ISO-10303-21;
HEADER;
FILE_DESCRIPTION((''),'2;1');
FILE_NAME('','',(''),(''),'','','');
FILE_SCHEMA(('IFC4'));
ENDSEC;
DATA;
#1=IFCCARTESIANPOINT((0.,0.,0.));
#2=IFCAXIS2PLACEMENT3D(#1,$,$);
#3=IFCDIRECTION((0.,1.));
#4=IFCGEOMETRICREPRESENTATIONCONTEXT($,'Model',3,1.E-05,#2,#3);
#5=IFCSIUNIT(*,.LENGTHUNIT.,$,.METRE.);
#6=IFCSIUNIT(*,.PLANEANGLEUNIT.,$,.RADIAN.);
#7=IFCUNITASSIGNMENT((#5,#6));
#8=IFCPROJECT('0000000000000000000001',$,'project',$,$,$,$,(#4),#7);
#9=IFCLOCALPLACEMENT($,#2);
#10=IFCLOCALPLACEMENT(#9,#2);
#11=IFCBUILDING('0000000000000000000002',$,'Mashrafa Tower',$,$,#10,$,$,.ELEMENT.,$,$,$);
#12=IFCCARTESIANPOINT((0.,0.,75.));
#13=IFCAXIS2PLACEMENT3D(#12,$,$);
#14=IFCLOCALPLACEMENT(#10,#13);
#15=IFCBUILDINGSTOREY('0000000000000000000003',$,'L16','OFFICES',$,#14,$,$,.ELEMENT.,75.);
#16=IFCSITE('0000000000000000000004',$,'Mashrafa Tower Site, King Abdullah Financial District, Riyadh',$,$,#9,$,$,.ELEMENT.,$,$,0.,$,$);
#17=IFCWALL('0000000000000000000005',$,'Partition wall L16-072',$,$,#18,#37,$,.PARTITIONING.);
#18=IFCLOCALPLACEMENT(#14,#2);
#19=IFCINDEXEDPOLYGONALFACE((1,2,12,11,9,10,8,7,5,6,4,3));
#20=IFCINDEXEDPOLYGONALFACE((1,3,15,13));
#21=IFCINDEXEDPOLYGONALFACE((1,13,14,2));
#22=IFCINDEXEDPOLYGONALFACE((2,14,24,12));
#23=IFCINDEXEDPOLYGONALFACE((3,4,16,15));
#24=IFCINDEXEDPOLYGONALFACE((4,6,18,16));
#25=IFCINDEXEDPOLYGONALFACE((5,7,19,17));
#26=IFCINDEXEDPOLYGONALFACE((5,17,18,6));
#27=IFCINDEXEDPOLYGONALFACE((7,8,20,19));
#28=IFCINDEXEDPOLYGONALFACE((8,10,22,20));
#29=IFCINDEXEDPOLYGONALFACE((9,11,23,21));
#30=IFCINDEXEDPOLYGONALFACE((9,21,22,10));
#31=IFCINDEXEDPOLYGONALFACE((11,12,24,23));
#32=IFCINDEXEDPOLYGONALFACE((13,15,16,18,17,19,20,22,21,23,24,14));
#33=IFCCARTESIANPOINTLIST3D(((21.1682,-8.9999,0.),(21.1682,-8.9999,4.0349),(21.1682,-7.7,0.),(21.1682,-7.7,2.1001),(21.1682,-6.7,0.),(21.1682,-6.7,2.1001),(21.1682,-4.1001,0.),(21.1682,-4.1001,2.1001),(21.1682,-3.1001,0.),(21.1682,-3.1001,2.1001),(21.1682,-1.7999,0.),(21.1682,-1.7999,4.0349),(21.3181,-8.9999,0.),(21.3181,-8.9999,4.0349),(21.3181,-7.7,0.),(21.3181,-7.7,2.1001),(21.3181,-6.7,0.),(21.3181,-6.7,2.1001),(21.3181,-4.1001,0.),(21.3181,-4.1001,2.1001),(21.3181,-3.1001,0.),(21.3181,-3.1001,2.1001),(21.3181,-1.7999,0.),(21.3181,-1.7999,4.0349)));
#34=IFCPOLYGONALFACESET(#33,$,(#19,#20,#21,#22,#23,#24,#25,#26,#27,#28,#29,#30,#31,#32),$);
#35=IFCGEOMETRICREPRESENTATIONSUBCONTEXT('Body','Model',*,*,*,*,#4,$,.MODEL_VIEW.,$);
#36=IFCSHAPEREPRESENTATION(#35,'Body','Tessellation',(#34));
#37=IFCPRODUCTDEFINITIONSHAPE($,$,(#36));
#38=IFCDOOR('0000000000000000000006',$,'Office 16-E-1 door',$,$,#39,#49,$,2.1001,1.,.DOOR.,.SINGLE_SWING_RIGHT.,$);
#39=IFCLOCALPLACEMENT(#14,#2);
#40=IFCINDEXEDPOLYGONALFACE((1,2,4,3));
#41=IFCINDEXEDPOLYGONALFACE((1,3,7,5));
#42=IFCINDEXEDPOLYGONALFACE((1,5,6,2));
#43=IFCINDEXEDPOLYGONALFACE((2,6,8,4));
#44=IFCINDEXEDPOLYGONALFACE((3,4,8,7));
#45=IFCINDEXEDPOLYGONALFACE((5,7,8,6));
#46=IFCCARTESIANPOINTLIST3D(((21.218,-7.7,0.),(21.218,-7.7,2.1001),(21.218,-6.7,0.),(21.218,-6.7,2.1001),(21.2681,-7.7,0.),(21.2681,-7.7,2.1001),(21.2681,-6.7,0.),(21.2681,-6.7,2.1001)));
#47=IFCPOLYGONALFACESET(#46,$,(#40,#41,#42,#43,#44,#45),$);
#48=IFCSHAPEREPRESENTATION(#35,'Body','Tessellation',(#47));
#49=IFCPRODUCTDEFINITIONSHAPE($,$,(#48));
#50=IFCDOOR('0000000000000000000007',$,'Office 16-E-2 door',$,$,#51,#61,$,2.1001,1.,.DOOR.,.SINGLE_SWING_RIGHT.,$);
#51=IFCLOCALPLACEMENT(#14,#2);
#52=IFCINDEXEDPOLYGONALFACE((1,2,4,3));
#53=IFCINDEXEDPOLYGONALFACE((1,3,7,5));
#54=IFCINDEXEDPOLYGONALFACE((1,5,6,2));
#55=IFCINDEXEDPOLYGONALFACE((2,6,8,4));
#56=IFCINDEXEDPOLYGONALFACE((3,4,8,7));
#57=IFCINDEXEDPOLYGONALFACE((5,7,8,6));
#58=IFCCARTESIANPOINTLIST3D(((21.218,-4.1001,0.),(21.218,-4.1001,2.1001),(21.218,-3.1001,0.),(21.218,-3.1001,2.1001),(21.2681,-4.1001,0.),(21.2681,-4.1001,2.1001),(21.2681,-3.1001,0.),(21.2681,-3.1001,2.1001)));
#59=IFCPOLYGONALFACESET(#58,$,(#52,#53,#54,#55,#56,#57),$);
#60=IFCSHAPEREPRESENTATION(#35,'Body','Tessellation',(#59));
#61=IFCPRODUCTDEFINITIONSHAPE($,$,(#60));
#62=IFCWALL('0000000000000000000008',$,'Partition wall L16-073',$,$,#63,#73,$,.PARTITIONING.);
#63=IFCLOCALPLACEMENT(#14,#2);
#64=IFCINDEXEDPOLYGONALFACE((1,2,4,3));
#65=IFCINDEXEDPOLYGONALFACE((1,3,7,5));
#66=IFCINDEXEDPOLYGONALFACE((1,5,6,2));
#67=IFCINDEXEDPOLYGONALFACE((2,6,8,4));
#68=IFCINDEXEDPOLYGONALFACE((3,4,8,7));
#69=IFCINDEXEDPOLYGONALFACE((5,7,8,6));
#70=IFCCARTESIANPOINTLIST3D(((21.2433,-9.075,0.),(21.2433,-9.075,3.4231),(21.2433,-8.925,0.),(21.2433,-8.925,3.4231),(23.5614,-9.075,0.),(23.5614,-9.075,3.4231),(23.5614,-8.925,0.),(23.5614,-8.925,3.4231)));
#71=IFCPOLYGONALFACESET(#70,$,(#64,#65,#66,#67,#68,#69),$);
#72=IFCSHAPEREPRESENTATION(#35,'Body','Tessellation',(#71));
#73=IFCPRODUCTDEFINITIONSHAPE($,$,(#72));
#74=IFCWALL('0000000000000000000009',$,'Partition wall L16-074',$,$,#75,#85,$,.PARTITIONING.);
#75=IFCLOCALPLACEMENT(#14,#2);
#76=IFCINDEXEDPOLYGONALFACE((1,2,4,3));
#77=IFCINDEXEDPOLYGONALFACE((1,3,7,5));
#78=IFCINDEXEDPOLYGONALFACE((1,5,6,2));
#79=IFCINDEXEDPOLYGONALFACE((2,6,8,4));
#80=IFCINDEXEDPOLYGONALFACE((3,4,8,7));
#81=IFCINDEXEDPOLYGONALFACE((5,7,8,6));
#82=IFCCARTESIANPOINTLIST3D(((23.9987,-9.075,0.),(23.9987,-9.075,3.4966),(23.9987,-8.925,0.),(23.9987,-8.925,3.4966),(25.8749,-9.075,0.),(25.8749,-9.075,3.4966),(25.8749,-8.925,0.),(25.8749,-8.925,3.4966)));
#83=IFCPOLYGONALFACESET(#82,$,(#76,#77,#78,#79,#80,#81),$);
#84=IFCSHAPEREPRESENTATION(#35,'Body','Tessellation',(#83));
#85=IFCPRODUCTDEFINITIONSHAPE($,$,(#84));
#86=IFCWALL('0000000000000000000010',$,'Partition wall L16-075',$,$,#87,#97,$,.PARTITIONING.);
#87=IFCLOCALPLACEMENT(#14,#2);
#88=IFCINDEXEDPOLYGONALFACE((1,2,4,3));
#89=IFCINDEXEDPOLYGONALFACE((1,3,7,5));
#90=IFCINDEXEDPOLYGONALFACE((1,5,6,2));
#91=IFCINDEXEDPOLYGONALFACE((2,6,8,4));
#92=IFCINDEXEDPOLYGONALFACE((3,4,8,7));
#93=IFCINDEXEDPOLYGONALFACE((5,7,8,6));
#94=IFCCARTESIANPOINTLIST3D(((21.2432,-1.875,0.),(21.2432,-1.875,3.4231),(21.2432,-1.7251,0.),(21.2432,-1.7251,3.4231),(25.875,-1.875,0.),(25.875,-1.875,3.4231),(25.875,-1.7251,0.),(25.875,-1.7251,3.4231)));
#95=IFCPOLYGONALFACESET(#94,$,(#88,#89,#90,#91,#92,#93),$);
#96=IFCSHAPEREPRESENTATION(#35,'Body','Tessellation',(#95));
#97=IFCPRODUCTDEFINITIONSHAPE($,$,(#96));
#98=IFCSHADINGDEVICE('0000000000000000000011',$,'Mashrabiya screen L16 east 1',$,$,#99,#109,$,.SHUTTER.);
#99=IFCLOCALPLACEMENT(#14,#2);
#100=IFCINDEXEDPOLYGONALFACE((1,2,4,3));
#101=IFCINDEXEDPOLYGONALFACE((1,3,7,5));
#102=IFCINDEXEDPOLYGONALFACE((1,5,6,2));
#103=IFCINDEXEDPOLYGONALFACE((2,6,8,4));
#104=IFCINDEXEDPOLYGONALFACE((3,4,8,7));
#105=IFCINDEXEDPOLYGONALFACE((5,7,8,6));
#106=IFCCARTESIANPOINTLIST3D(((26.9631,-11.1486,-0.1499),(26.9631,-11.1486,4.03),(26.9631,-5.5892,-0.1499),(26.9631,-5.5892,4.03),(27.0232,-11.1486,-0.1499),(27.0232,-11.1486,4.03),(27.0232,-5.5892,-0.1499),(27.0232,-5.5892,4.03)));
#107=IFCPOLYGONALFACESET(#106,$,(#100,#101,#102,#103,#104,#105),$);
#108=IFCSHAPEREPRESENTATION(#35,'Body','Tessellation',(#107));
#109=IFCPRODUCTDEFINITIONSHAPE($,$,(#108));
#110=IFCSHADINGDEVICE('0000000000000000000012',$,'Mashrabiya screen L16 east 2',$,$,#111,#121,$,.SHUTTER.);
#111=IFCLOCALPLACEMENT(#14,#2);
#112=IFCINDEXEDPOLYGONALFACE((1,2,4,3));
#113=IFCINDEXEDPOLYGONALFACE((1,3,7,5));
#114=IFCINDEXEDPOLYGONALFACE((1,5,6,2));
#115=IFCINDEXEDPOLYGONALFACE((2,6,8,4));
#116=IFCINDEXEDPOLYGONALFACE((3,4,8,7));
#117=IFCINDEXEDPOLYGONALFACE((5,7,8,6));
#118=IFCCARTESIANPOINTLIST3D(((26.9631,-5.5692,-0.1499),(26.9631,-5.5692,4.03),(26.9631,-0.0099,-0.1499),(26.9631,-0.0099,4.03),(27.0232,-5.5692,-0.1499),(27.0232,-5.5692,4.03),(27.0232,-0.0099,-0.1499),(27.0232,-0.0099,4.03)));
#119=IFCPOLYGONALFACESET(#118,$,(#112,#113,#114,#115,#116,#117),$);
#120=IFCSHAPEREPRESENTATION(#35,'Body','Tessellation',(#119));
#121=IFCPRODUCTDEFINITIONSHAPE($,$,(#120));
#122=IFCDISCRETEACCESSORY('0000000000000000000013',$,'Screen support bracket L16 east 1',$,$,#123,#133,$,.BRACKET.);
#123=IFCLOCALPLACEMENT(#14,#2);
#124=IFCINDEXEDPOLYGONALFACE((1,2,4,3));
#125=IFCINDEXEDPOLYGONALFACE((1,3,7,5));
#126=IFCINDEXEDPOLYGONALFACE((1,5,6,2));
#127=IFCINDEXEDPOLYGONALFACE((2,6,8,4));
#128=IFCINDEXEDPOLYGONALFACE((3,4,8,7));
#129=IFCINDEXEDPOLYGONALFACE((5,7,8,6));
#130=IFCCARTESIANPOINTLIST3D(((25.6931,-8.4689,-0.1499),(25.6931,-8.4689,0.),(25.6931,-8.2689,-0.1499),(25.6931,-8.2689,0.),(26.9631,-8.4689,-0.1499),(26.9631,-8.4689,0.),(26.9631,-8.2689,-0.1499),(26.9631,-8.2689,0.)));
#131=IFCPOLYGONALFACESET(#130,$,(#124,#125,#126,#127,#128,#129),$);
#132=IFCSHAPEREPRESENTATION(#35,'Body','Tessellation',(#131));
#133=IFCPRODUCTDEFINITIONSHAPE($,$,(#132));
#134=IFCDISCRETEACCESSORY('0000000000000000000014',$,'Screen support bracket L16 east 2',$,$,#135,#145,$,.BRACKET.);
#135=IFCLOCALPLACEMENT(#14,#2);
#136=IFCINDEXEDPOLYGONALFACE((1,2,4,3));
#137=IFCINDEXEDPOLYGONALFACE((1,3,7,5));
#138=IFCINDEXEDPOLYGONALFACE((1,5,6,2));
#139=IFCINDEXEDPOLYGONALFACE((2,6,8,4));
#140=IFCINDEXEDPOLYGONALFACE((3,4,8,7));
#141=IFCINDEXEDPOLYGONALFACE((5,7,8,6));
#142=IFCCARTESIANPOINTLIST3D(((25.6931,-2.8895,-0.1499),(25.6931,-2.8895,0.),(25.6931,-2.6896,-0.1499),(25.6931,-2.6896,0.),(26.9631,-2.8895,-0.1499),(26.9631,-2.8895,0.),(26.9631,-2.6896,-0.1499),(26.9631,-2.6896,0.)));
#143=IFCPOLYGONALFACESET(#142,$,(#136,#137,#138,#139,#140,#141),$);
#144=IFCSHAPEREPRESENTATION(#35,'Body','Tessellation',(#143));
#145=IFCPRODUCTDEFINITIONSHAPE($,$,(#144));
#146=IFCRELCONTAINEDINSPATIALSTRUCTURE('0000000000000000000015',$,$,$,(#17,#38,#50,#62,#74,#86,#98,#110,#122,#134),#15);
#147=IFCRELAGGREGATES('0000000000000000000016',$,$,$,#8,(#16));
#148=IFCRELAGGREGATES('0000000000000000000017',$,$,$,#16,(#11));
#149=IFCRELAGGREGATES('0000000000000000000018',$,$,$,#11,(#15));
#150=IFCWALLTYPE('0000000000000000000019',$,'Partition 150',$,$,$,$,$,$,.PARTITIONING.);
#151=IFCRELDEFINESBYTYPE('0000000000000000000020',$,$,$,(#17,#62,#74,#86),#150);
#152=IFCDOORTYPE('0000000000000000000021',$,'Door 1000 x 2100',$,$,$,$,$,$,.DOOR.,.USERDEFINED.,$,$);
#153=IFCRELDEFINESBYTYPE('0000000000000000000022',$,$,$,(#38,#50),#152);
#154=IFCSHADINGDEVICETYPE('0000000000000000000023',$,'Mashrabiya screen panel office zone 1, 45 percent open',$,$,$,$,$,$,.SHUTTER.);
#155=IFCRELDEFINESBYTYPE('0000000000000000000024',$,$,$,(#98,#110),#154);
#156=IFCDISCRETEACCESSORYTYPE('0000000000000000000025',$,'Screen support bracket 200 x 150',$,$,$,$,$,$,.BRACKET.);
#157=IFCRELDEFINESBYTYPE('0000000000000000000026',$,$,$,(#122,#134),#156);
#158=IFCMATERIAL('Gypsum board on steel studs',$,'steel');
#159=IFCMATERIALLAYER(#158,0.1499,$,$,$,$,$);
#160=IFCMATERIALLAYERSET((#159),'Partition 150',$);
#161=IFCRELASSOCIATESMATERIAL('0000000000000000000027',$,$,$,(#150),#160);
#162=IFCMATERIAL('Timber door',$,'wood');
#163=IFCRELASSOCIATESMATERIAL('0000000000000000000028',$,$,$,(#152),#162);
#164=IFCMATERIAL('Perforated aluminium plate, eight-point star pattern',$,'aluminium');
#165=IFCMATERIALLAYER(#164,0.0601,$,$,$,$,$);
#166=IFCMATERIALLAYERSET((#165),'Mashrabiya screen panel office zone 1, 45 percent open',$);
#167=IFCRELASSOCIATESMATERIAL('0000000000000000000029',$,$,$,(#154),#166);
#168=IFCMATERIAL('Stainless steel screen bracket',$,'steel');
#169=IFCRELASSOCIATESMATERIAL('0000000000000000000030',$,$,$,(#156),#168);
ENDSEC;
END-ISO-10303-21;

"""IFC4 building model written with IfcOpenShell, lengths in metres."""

from ifc_helpers import new_model, si_unit, direction, frame, frame_2d, origin, origin_2d, place, context, subcontext, project, spatial, rectangle, extrude, source, transform, mapped, material, layer, layer_set, type_object, type_shapes, element, fill, save


model = new_model("IFC4")

# Units and contexts
model_context = context("Model", 3, precision=1e-05, world=origin(), true_north=direction((0.0, 1.0)))
body_context = subcontext(model_context, "Body", "Model", "MODEL_VIEW")
ifc_project = project(units=[si_unit("LENGTHUNIT", "METRE"), si_unit("PLANEANGLEUNIT", "RADIAN")], contexts=[model_context])

# Site, building, storey
site_placement = place(None, origin())
site = spatial("IfcSite", under=ifc_project, at=site_placement, Name="Mashrafa Tower Site, King Abdullah Financial District, Riyadh", CompositionType="ELEMENT", RefElevation=0.0)
building_placement = place(site_placement, origin())
building = spatial("IfcBuilding", under=site, at=building_placement, Name="Mashrafa Tower", CompositionType="ELEMENT")
storey_placement = place(building_placement, frame((0.0, 0.0, 75.0)))
storey = spatial("IfcBuildingStorey", under=building, at=storey_placement, Name="L16", Description="OFFICES", CompositionType="ELEMENT", Elevation=75.0)

# Shared definitions
ifc_material_1 = material(Name="Gypsum board on steel studs", Category="steel")
ifc_layer_1 = layer(ifc_material_1, 0.1499)
ifc_layer_set_1 = layer_set([ifc_layer_1], Name="Partition 150")
wall_type_1 = type_object("IfcWallType", Name="Partition 150", PredefinedType="PARTITIONING", material=ifc_layer_set_1)

# Wall, openings, doors
wall_1_placement = place(storey_placement, frame((21.2432, -9.0, 0.0), z_axis=(0.0, 0.0, 1.0), x_axis=(0.0, 1.0, 0.0)))
wall_1 = element("IfcWall", 1, at=wall_1_placement, inside=storey, type_object=wall_type_1, Name="Partition wall L16-072", PredefinedType="PARTITIONING", context=body_context, shape_type="SweptSolid", body=[
    extrude(rectangle(XDim=7.2, YDim=0.1499, at=frame_2d((3.6001, 0.0))), origin(), (0.0, 0.0, 1.0), 4.0349),
])
opening_1_placement = place(wall_1_placement, frame((1.3, 0.0, 0.0)))
opening_1 = element("IfcOpeningElement", 2, at=opening_1_placement, cuts=wall_1, PredefinedType="OPENING", context=body_context, shape_type="SweptSolid", body=[
    extrude(rectangle(XDim=1.0, YDim=2.1001, at=frame_2d((0.5, 1.05))), frame((0.0, 0.085, 0.0), z_axis=(0.0, -1.0, 0.0), x_axis=(1.0, 0.0, 0.0)), (0.0, 0.0, 1.0), 0.1699),
])
opening_2_placement = place(wall_1_placement, frame((4.8999, 0.0, 0.0)))
opening_2 = element("IfcOpeningElement", 3, at=opening_2_placement, cuts=wall_1, PredefinedType="OPENING", context=body_context, shape_type="SweptSolid", body=[
    extrude(rectangle(XDim=1.0, YDim=2.1001, at=frame_2d((0.5, 1.05))), frame((0.0, 0.085, 0.0), z_axis=(0.0, -1.0, 0.0), x_axis=(1.0, 0.0, 0.0)), (0.0, 0.0, 1.0), 0.1699),
])
ifc_material_2 = material(Name="Timber door", Category="wood")
door_type_1 = type_object("IfcDoorType", Name="Door 1000 x 2100", OperationType="USERDEFINED", PredefinedType="DOOR", material=ifc_material_2)
door_1_placement = place(opening_1_placement, frame((1.0, 0.0, 0.0), z_axis=(0.0, 0.0, 1.0), x_axis=(-1.0, 0.0, 0.0)))
door_1 = element("IfcDoor", 4, at=door_1_placement, inside=storey, type_object=door_type_1, Name="Office 16-E-1 door", OperationType="SINGLE_SWING_RIGHT", OverallHeight=2.1001, OverallWidth=1.0, PredefinedType="DOOR", context=body_context, shape_type="SweptSolid", body=[
    extrude(rectangle(XDim=1.0, YDim=2.1001, at=frame_2d((0.5, 1.05))), frame((0.0, 0.0249, 0.0), z_axis=(0.0, -1.0, 0.0), x_axis=(1.0, 0.0, 0.0)), (0.0, 0.0, 1.0), 0.05),
])
fill(opening_1, door_1)
door_2_placement = place(opening_2_placement, frame((1.0, 0.0, 0.0), z_axis=(0.0, 0.0, 1.0), x_axis=(-1.0, 0.0, 0.0)))
door_2 = element("IfcDoor", 5, at=door_2_placement, inside=storey, type_object=door_type_1, Name="Office 16-E-2 door", OperationType="SINGLE_SWING_RIGHT", OverallHeight=2.1001, OverallWidth=1.0, PredefinedType="DOOR", context=body_context, shape_type="SweptSolid", body=[
    extrude(rectangle(XDim=1.0, YDim=2.1001, at=frame_2d((0.5, 1.05))), frame((0.0, 0.0249, 0.0), z_axis=(0.0, -1.0, 0.0), x_axis=(1.0, 0.0, 0.0)), (0.0, 0.0, 1.0), 0.05),
])
fill(opening_2, door_2)

# Walls
wall_2_placement = place(storey_placement, frame((21.2432, -9.0, 0.0), z_axis=(0.0, 0.0, 1.0), x_axis=(1.0, 0.0, 0.0)))
element("IfcWall", 6, at=wall_2_placement, inside=storey, type_object=wall_type_1, Name="Partition wall L16-073", PredefinedType="PARTITIONING", context=body_context, shape_type="SweptSolid", body=[
    extrude(rectangle(XDim=2.3181, YDim=0.1499, at=frame_2d((1.1592, 0.0))), origin(), (0.0, 0.0, 1.0), 3.4231),
])
wall_3_placement = place(storey_placement, frame((23.9988, -9.0, 0.0), z_axis=(0.0, 0.0, 1.0), x_axis=(1.0, 0.0, 0.0)))
element("IfcWall", 7, at=wall_3_placement, inside=storey, type_object=wall_type_1, Name="Partition wall L16-074", PredefinedType="PARTITIONING", context=body_context, shape_type="SweptSolid", body=[
    extrude(rectangle(XDim=1.8762, YDim=0.1499, at=frame_2d((0.938, 0.0))), origin(), (0.0, 0.0, 1.0), 3.4966),
])
wall_4_placement = place(storey_placement, frame((25.875, -1.8, 0.0), z_axis=(0.0, 0.0, 1.0), x_axis=(-1.0, 0.0, 0.0)))
element("IfcWall", 8, at=wall_4_placement, inside=storey, type_object=wall_type_1, Name="Partition wall L16-075", PredefinedType="PARTITIONING", context=body_context, shape_type="SweptSolid", body=[
    extrude(rectangle(XDim=4.6318, YDim=0.1499, at=frame_2d((2.3159, 0.0))), origin(), (0.0, 0.0, 1.0), 3.4231),
])

# Shading devices
ifc_material_3 = material(Name="Perforated aluminium plate, eight-point star pattern", Category="aluminium")
ifc_layer_2 = layer(ifc_material_3, 0.0601)
ifc_layer_set_2 = layer_set([ifc_layer_2], Name="Mashrabiya screen panel office zone 1, 45 percent open")
shading_device_type = type_object("IfcShadingDeviceType", Name="Mashrabiya screen panel office zone 1, 45 percent open", PredefinedType="SHUTTER", material=ifc_layer_set_2)
shared_shape_1 = source(origin(), body_context, "Body", "SweptSolid", [
    extrude(rectangle(XDim=5.5593, YDim=0.0601, at=origin_2d()), origin(), (0.0, 0.0, 1.0), 4.1799),
])
type_shapes(shading_device_type, [shared_shape_1])
for number, where, z_axis, x_axis, name in (
    (9, (26.9932, -8.3689, -0.1499), (0.0, 0.0, 1.0), (0.0, 1.0, 0.0), "Mashrabiya screen L16 east 1"),
    (10, (26.9932, -2.7896, -0.1499), (0.0, 0.0, 1.0), (0.0, 1.0, 0.0), "Mashrabiya screen L16 east 2"),
):
    element("IfcShadingDevice", number, at=place(storey_placement, frame(where, z_axis=z_axis, x_axis=x_axis)), inside=storey, type_object=shading_device_type, Name=name, PredefinedType="SHUTTER", context=body_context, shape_type="MappedRepresentation", body=[
        mapped(shared_shape_1, transform((0.0, 0.0, 0.0))),
    ])

# Discrete accessories
ifc_material_4 = material(Name="Stainless steel screen bracket", Category="steel")
discrete_accessory_type = type_object("IfcDiscreteAccessoryType", Name="Screen support bracket 200 x 150", PredefinedType="BRACKET", material=ifc_material_4)
shared_shape_2 = source(origin(), body_context, "Body", "SweptSolid", [
    extrude(rectangle(XDim=0.2, YDim=1.27, at=origin_2d()), origin(), (0.0, 0.0, 1.0), 0.1499),
])
type_shapes(discrete_accessory_type, [shared_shape_2])
for number, where, z_axis, x_axis, name in (
    (11, (26.3281, -8.3689, -0.1499), (0.0, 0.0, 1.0), (0.0, 1.0, 0.0), "Screen support bracket L16 east 1"),
    (12, (26.3281, -2.7896, -0.1499), (0.0, 0.0, 1.0), (0.0, 1.0, 0.0), "Screen support bracket L16 east 2"),
):
    element("IfcDiscreteAccessory", number, at=place(storey_placement, frame(where, z_axis=z_axis, x_axis=x_axis)), inside=storey, type_object=discrete_accessory_type, Name=name, PredefinedType="BRACKET", context=body_context, shape_type="MappedRepresentation", body=[
        mapped(shared_shape_2, transform((0.0, 0.0, 0.0))),
    ])

save(model, "model.ifc")
